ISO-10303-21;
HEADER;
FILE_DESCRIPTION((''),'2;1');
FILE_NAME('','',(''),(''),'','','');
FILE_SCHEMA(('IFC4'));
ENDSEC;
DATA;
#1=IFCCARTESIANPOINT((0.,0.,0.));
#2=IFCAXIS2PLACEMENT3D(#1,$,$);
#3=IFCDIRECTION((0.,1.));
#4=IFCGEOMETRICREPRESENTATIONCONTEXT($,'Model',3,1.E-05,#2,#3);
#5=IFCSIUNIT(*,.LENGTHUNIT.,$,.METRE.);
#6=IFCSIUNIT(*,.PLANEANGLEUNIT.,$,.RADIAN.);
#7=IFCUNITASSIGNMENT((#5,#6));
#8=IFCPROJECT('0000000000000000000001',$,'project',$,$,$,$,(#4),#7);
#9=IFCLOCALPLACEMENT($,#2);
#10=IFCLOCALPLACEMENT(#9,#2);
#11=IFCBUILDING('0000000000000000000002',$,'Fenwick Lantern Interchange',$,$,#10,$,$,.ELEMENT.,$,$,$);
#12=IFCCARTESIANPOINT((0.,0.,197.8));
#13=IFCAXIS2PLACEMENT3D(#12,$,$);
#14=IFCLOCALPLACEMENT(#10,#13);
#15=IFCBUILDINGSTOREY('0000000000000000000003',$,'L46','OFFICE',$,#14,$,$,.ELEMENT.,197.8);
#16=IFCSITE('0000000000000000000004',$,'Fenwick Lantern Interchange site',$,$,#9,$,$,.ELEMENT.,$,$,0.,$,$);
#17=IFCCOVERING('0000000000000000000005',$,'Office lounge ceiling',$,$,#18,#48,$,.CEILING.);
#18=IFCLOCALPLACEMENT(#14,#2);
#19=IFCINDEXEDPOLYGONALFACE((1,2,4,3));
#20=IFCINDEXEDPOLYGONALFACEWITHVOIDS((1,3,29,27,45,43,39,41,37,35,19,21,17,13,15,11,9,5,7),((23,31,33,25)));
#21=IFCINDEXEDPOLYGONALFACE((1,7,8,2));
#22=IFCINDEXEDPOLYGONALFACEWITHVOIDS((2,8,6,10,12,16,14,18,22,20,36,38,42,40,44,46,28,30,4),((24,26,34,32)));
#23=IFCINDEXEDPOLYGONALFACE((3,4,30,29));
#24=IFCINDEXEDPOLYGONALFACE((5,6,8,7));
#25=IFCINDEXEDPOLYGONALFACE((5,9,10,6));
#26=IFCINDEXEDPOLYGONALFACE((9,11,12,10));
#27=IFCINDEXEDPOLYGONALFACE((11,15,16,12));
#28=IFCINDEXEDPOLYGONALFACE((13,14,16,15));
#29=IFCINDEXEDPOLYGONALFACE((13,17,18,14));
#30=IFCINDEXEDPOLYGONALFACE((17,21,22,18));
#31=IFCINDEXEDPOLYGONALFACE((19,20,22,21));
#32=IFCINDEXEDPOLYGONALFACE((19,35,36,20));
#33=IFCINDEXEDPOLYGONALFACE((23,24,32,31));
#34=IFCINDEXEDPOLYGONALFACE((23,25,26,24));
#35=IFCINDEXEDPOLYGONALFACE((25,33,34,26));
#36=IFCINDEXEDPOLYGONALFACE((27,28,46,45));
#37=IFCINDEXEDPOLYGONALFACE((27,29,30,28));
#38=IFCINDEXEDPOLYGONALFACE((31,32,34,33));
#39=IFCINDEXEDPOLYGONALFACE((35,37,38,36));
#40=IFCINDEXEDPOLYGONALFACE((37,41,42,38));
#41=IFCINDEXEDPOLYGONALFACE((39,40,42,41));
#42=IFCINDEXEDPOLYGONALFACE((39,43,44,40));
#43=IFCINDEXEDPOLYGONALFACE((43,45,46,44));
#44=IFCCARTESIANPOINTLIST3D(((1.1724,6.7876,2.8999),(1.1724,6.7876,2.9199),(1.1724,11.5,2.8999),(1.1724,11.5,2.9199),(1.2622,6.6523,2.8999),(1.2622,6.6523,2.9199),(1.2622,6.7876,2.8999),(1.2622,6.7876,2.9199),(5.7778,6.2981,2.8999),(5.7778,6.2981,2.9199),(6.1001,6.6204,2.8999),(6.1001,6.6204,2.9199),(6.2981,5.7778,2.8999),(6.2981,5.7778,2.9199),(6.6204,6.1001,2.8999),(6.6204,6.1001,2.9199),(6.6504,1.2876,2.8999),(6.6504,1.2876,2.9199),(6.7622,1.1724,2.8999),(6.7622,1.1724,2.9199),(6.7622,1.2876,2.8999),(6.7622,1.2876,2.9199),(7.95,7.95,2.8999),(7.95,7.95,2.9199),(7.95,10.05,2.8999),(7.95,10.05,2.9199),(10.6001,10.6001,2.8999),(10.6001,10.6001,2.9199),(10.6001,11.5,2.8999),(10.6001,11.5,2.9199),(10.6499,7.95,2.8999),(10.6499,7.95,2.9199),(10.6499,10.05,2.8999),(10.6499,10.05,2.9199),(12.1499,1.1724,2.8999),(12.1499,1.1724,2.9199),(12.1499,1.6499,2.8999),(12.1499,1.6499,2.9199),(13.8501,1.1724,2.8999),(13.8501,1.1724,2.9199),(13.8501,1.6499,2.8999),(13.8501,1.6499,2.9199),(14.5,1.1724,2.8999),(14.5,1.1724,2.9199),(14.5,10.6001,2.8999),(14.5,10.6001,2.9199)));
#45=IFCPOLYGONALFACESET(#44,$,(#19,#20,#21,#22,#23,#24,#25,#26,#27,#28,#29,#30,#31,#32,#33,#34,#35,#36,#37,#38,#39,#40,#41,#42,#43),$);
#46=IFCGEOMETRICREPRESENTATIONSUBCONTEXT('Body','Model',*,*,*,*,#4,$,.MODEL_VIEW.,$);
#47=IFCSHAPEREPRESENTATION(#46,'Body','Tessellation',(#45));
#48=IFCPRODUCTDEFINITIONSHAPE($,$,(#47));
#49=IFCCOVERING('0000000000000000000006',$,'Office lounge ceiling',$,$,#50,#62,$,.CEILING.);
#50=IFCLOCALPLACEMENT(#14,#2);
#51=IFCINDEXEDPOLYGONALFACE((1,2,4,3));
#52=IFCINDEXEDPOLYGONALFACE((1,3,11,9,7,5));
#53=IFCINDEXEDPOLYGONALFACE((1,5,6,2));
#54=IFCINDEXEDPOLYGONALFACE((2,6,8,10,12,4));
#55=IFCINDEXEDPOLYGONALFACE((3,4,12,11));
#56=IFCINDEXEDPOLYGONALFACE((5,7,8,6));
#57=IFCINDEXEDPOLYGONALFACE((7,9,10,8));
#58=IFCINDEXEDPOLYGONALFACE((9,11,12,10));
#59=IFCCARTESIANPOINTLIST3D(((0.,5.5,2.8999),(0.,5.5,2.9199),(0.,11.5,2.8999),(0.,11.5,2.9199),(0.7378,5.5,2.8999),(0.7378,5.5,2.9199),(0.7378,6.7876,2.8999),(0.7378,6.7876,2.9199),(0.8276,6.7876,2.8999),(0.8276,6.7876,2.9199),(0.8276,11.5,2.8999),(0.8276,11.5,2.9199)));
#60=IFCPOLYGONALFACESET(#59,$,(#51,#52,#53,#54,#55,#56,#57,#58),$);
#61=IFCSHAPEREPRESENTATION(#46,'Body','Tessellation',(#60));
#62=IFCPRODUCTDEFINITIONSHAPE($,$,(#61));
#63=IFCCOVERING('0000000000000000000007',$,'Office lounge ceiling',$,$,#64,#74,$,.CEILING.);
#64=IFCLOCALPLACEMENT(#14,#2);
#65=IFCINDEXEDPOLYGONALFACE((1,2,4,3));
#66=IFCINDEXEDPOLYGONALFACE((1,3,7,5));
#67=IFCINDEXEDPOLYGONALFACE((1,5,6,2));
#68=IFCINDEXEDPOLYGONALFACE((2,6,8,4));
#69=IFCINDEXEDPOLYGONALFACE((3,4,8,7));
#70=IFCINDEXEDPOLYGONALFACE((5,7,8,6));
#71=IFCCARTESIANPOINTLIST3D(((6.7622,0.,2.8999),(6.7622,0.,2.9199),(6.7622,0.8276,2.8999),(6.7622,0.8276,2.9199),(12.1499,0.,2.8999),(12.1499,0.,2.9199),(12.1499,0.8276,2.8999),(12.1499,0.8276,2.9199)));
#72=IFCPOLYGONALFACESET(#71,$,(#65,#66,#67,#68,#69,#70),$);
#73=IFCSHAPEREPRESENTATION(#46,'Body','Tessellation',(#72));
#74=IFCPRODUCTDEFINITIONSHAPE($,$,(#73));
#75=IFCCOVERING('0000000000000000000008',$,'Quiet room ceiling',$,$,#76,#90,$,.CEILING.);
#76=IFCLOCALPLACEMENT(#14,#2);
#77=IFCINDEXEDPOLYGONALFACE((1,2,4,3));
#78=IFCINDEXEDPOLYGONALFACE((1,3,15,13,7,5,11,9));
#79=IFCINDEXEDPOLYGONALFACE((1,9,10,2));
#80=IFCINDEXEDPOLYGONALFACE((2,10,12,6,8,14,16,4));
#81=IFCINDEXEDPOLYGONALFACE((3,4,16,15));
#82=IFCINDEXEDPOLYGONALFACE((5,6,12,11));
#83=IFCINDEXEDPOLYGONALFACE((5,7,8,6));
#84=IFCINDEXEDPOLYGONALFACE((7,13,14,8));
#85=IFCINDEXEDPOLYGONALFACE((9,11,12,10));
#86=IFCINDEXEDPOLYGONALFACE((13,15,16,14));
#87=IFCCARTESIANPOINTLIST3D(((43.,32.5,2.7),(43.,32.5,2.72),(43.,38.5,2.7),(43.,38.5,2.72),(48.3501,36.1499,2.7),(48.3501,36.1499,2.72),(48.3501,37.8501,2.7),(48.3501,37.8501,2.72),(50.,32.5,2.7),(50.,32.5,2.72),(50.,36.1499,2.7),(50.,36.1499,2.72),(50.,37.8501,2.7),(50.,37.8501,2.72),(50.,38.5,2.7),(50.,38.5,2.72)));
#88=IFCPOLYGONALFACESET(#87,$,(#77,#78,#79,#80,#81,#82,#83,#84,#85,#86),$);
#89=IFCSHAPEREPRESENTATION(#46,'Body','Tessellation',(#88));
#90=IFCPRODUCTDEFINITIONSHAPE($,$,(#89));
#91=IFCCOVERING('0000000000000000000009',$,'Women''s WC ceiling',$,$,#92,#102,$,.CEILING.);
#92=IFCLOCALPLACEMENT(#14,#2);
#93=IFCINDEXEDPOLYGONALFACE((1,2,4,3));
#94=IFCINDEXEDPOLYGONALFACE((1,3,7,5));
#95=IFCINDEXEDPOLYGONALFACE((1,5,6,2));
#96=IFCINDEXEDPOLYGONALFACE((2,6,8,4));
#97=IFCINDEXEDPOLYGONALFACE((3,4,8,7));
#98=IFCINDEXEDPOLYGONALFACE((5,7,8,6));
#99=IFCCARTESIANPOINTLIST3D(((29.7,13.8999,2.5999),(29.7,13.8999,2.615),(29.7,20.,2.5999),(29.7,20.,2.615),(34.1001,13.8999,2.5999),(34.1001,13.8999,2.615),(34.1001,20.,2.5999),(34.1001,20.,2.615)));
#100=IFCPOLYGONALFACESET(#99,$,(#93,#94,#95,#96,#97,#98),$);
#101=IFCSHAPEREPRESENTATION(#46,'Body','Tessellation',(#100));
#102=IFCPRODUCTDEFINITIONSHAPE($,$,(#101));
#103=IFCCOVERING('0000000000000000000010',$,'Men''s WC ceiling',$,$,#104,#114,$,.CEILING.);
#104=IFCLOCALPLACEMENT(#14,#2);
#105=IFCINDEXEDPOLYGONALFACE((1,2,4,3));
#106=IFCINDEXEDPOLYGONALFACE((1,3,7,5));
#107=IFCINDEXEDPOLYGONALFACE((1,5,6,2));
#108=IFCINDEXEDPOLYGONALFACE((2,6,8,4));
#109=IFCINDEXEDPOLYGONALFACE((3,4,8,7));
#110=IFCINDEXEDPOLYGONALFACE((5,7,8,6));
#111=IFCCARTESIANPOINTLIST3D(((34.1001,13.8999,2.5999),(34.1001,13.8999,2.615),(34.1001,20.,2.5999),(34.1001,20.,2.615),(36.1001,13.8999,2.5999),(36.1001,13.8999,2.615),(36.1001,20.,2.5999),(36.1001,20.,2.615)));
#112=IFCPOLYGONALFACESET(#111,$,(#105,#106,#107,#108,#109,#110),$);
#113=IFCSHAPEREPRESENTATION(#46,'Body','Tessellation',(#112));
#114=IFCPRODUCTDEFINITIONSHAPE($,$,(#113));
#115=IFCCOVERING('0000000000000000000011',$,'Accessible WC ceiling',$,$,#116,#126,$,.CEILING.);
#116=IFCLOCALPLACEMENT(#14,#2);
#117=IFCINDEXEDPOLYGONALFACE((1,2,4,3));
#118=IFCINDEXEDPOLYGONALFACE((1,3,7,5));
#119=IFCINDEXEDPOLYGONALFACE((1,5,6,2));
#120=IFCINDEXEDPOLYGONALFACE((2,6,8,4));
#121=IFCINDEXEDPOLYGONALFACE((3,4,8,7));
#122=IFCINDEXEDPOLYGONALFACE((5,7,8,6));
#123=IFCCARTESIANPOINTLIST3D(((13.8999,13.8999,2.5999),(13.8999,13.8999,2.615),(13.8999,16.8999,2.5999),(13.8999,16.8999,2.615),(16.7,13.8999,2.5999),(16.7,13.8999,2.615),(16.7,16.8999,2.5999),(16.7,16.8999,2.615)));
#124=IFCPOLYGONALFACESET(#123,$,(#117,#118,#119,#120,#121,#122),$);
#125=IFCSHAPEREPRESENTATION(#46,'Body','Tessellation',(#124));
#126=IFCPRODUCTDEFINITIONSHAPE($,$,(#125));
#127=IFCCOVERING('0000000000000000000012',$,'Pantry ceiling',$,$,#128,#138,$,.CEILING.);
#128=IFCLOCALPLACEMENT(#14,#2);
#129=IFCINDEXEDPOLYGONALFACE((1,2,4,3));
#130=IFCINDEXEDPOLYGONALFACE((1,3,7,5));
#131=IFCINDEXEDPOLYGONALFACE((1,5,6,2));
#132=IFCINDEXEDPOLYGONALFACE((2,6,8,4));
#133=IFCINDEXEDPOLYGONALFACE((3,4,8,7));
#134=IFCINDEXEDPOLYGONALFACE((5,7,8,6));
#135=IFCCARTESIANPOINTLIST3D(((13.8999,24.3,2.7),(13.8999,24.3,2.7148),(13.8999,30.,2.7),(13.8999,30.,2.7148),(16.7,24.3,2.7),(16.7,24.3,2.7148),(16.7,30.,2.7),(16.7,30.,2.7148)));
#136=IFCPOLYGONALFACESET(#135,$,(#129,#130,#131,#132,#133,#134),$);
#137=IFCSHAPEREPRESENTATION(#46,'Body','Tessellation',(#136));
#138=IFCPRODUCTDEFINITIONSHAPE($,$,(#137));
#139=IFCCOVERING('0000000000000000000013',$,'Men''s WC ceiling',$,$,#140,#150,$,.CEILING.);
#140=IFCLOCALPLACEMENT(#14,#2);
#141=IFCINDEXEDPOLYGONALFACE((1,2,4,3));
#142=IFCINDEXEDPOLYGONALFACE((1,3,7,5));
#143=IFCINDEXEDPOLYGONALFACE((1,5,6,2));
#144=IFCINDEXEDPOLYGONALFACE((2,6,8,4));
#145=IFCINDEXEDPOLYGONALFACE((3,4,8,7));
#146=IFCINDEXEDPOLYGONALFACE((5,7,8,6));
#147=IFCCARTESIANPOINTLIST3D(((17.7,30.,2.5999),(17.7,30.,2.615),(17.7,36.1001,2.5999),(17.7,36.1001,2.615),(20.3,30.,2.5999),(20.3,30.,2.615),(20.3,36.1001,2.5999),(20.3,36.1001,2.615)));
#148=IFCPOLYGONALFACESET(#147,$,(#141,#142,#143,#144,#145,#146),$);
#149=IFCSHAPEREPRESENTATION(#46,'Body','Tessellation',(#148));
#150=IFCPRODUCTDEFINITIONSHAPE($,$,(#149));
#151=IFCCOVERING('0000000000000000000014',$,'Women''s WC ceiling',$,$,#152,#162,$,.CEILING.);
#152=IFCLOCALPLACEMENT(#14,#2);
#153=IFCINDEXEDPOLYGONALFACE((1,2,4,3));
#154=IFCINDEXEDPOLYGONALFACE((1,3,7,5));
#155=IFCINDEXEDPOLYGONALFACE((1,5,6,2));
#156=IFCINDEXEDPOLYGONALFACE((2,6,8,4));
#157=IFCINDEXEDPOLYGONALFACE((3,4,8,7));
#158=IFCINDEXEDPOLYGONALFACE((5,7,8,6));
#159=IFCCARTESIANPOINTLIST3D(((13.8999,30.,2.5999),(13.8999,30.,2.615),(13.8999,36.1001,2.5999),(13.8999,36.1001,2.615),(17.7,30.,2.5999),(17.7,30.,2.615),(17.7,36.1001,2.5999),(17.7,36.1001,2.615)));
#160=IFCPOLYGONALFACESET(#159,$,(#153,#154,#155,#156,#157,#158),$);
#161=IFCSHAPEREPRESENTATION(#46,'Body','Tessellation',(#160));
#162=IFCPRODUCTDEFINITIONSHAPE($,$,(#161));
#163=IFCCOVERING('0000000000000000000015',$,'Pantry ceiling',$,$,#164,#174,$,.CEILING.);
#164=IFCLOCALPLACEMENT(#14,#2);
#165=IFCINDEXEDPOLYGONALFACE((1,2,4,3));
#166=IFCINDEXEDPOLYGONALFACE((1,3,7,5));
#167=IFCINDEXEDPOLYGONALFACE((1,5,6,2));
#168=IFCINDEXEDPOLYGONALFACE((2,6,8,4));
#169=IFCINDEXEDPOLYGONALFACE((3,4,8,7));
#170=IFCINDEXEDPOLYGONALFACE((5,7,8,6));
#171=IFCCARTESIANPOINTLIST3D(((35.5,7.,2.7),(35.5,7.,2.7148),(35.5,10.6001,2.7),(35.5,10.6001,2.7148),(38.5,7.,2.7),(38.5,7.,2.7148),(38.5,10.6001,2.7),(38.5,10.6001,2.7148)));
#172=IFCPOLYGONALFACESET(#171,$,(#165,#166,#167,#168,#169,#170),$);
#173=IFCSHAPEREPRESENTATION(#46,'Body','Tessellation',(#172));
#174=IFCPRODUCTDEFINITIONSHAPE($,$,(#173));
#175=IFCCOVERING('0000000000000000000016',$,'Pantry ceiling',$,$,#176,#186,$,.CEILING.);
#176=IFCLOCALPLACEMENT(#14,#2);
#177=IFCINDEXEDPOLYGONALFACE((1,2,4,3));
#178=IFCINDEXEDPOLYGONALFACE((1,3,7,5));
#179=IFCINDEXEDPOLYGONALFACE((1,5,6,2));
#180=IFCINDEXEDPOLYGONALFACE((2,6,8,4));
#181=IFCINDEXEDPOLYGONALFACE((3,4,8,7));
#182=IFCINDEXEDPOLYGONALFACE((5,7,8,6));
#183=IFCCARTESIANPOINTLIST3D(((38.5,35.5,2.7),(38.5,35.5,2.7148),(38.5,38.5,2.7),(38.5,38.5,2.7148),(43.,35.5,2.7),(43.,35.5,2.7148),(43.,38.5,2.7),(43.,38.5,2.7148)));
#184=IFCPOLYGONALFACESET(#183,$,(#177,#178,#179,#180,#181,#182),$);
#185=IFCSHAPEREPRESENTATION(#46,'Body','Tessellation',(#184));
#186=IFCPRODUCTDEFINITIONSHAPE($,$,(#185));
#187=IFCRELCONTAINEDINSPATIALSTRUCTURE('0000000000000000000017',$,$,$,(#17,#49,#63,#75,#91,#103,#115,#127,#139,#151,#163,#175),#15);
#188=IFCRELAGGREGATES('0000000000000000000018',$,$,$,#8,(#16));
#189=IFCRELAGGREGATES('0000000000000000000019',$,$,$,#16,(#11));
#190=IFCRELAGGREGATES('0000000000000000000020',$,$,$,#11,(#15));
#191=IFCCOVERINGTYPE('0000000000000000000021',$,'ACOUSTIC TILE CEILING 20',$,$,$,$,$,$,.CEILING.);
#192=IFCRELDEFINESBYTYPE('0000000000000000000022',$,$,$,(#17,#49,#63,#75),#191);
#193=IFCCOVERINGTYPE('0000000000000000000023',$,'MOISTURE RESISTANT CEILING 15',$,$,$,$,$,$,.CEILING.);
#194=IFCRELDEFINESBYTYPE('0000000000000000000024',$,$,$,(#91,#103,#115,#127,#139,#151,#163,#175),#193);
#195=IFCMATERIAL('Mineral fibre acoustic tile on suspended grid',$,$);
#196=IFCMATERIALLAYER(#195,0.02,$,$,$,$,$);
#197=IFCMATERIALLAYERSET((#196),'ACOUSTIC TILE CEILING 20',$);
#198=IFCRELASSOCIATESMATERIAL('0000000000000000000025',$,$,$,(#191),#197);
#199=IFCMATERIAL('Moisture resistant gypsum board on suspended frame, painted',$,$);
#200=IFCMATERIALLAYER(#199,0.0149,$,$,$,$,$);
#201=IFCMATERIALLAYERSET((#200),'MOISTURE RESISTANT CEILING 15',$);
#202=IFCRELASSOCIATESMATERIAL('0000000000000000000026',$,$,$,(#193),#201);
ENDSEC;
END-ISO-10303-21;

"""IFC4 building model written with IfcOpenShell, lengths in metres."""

from ifc_helpers import new_model, si_unit, direction, frame, origin, place, context, subcontext, project, spatial, polyline, outline, extrude, material, layer, layer_set, type_object, element, save


model = new_model("IFC4")

# Units and contexts
model_context = context("Model", 3, precision=1e-05, world=origin(), true_north=direction((0.0, 1.0)))
body_context = subcontext(model_context, "Body", "Model", "MODEL_VIEW")
ifc_project = project(units=[si_unit("LENGTHUNIT", "METRE"), si_unit("PLANEANGLEUNIT", "RADIAN")], contexts=[model_context])

# Site, building, storey
site_placement = place(None, origin())
site = spatial("IfcSite", under=ifc_project, at=site_placement, Name="Fenwick Lantern Interchange site", CompositionType="ELEMENT", RefElevation=0.0)
building_placement = place(site_placement, origin())
building = spatial("IfcBuilding", under=site, at=building_placement, Name="Fenwick Lantern Interchange", CompositionType="ELEMENT")
storey_placement = place(building_placement, frame((0.0, 0.0, 197.8)))
storey = spatial("IfcBuildingStorey", under=building, at=storey_placement, Name="L46", Description="OFFICE", CompositionType="ELEMENT", Elevation=197.8)

# Coverings
ifc_material_1 = material(Name="Mineral fibre acoustic tile on suspended grid")
ifc_layer_1 = layer(ifc_material_1, 0.02)
ifc_layer_set_1 = layer_set([ifc_layer_1], Name="ACOUSTIC TILE CEILING 20")
covering_type_1 = type_object("IfcCoveringType", Name="ACOUSTIC TILE CEILING 20", PredefinedType="CEILING", material=ifc_layer_set_1)
covering_1_placement = place(storey_placement, frame((0.0, 0.0, 2.8999)))
element("IfcCovering", 1, at=covering_1_placement, inside=storey, type_object=covering_type_1, Name="Office lounge ceiling", PredefinedType="CEILING", context=body_context, shape_type="SweptSolid", body=[
    extrude(outline(polyline([(14.5, 10.6001), (10.6001, 10.6001), (10.6001, 11.5), (1.1724, 11.5), (1.1724, 6.7876), (1.2622, 6.7876), (1.2622, 6.6523), (5.7778, 6.2981), (6.1001, 6.6204), (6.6204, 6.1001), (6.2981, 5.7778), (6.6504, 1.2876), (6.7622, 1.2876), (6.7622, 1.1724), (12.1499, 1.1724), (12.1499, 1.6499), (13.8501, 1.6499), (13.8501, 1.1724), (14.5, 1.1724), (14.5, 10.6001)]), holes=[polyline([(7.95, 7.95), (7.95, 10.05), (10.6499, 10.05), (10.6499, 7.95), (7.95, 7.95)])]), origin(), (0.0, 0.0, 1.0), 0.02),
])
covering_2_placement = place(storey_placement, frame((0.0, 0.0, 2.8999)))
element("IfcCovering", 2, at=covering_2_placement, inside=storey, type_object=covering_type_1, Name="Office lounge ceiling", PredefinedType="CEILING", context=body_context, shape_type="SweptSolid", body=[
    extrude(outline(polyline([(0.7378, 6.7876), (0.8276, 6.7876), (0.8276, 11.5), (0.0, 11.5), (0.0, 5.5), (0.7378, 5.5), (0.7378, 6.7876)])), origin(), (0.0, 0.0, 1.0), 0.02),
])
covering_3_placement = place(storey_placement, frame((0.0, 0.0, 2.8999)))
element("IfcCovering", 3, at=covering_3_placement, inside=storey, type_object=covering_type_1, Name="Office lounge ceiling", PredefinedType="CEILING", context=body_context, shape_type="SweptSolid", body=[
    extrude(outline(polyline([(12.1499, 0.0), (12.1499, 0.8276), (6.7622, 0.8276), (6.7622, 0.0), (12.1499, 0.0)])), origin(), (0.0, 0.0, 1.0), 0.02),
])
covering_4_placement = place(storey_placement, frame((0.0, 0.0, 2.7)))
element("IfcCovering", 4, at=covering_4_placement, inside=storey, type_object=covering_type_1, Name="Quiet room ceiling", PredefinedType="CEILING", context=body_context, shape_type="SweptSolid", body=[
    extrude(outline(polyline([(50.0, 32.5), (50.0, 36.1499), (48.3501, 36.1499), (48.3501, 37.8501), (50.0, 37.8501), (50.0, 38.5), (43.0, 38.5), (43.0, 32.5), (50.0, 32.5)])), origin(), (0.0, 0.0, 1.0), 0.02),
])
ifc_material_2 = material(Name="Moisture resistant gypsum board on suspended frame, painted")
ifc_layer_2 = layer(ifc_material_2, 0.0149)
ifc_layer_set_2 = layer_set([ifc_layer_2], Name="MOISTURE RESISTANT CEILING 15")
covering_type_2 = type_object("IfcCoveringType", Name="MOISTURE RESISTANT CEILING 15", PredefinedType="CEILING", material=ifc_layer_set_2)
covering_5_placement = place(storey_placement, frame((0.0, 0.0, 2.5999)))
element("IfcCovering", 5, at=covering_5_placement, inside=storey, type_object=covering_type_2, Name="Women's WC ceiling", PredefinedType="CEILING", context=body_context, shape_type="SweptSolid", body=[
    extrude(outline(polyline([(29.7, 13.8999), (34.1001, 13.8999), (34.1001, 20.0), (29.7, 20.0), (29.7, 13.8999)])), origin(), (0.0, 0.0, 1.0), 0.0151),
])
covering_6_placement = place(storey_placement, frame((0.0, 0.0, 2.5999)))
element("IfcCovering", 6, at=covering_6_placement, inside=storey, type_object=covering_type_2, Name="Men's WC ceiling", PredefinedType="CEILING", context=body_context, shape_type="SweptSolid", body=[
    extrude(outline(polyline([(34.1001, 13.8999), (36.1001, 13.8999), (36.1001, 20.0), (34.1001, 20.0), (34.1001, 13.8999)])), origin(), (0.0, 0.0, 1.0), 0.0151),
])
covering_7_placement = place(storey_placement, frame((0.0, 0.0, 2.5999)))
element("IfcCovering", 7, at=covering_7_placement, inside=storey, type_object=covering_type_2, Name="Accessible WC ceiling", PredefinedType="CEILING", context=body_context, shape_type="SweptSolid", body=[
    extrude(outline(polyline([(13.8999, 13.8999), (16.7, 13.8999), (16.7, 16.8999), (13.8999, 16.8999), (13.8999, 13.8999)])), origin(), (0.0, 0.0, 1.0), 0.0151),
])
covering_8_placement = place(storey_placement, frame((0.0, 0.0, 2.7)))
element("IfcCovering", 8, at=covering_8_placement, inside=storey, type_object=covering_type_2, Name="Pantry ceiling", PredefinedType="CEILING", context=body_context, shape_type="SweptSolid", body=[
    extrude(outline(polyline([(13.8999, 24.3), (16.7, 24.3), (16.7, 30.0), (13.8999, 30.0), (13.8999, 24.3)])), origin(), (0.0, 0.0, 1.0), 0.0149),
])
covering_9_placement = place(storey_placement, frame((0.0, 0.0, 2.5999)))
element("IfcCovering", 9, at=covering_9_placement, inside=storey, type_object=covering_type_2, Name="Men's WC ceiling", PredefinedType="CEILING", context=body_context, shape_type="SweptSolid", body=[
    extrude(outline(polyline([(20.3, 36.1001), (17.7, 36.1001), (17.7, 30.0), (20.3, 30.0), (20.3, 36.1001)])), origin(), (0.0, 0.0, 1.0), 0.0151),
])
covering_10_placement = place(storey_placement, frame((0.0, 0.0, 2.5999)))
element("IfcCovering", 10, at=covering_10_placement, inside=storey, type_object=covering_type_2, Name="Women's WC ceiling", PredefinedType="CEILING", context=body_context, shape_type="SweptSolid", body=[
    extrude(outline(polyline([(17.7, 36.1001), (13.8999, 36.1001), (13.8999, 30.0), (17.7, 30.0), (17.7, 36.1001)])), origin(), (0.0, 0.0, 1.0), 0.0151),
])
covering_11_placement = place(storey_placement, frame((0.0, 0.0, 2.7)))
element("IfcCovering", 11, at=covering_11_placement, inside=storey, type_object=covering_type_2, Name="Pantry ceiling", PredefinedType="CEILING", context=body_context, shape_type="SweptSolid", body=[
    extrude(outline(polyline([(35.5, 7.0), (38.5, 7.0), (38.5, 10.6001), (35.5, 10.6001), (35.5, 7.0)])), origin(), (0.0, 0.0, 1.0), 0.0149),
])
covering_12_placement = place(storey_placement, frame((0.0, 0.0, 2.7)))
element("IfcCovering", 12, at=covering_12_placement, inside=storey, type_object=covering_type_2, Name="Pantry ceiling", PredefinedType="CEILING", context=body_context, shape_type="SweptSolid", body=[
    extrude(outline(polyline([(43.0, 35.5), (43.0, 38.5), (38.5, 38.5), (38.5, 35.5), (43.0, 35.5)])), origin(), (0.0, 0.0, 1.0), 0.0149),
])

save(model, "model.ifc")
